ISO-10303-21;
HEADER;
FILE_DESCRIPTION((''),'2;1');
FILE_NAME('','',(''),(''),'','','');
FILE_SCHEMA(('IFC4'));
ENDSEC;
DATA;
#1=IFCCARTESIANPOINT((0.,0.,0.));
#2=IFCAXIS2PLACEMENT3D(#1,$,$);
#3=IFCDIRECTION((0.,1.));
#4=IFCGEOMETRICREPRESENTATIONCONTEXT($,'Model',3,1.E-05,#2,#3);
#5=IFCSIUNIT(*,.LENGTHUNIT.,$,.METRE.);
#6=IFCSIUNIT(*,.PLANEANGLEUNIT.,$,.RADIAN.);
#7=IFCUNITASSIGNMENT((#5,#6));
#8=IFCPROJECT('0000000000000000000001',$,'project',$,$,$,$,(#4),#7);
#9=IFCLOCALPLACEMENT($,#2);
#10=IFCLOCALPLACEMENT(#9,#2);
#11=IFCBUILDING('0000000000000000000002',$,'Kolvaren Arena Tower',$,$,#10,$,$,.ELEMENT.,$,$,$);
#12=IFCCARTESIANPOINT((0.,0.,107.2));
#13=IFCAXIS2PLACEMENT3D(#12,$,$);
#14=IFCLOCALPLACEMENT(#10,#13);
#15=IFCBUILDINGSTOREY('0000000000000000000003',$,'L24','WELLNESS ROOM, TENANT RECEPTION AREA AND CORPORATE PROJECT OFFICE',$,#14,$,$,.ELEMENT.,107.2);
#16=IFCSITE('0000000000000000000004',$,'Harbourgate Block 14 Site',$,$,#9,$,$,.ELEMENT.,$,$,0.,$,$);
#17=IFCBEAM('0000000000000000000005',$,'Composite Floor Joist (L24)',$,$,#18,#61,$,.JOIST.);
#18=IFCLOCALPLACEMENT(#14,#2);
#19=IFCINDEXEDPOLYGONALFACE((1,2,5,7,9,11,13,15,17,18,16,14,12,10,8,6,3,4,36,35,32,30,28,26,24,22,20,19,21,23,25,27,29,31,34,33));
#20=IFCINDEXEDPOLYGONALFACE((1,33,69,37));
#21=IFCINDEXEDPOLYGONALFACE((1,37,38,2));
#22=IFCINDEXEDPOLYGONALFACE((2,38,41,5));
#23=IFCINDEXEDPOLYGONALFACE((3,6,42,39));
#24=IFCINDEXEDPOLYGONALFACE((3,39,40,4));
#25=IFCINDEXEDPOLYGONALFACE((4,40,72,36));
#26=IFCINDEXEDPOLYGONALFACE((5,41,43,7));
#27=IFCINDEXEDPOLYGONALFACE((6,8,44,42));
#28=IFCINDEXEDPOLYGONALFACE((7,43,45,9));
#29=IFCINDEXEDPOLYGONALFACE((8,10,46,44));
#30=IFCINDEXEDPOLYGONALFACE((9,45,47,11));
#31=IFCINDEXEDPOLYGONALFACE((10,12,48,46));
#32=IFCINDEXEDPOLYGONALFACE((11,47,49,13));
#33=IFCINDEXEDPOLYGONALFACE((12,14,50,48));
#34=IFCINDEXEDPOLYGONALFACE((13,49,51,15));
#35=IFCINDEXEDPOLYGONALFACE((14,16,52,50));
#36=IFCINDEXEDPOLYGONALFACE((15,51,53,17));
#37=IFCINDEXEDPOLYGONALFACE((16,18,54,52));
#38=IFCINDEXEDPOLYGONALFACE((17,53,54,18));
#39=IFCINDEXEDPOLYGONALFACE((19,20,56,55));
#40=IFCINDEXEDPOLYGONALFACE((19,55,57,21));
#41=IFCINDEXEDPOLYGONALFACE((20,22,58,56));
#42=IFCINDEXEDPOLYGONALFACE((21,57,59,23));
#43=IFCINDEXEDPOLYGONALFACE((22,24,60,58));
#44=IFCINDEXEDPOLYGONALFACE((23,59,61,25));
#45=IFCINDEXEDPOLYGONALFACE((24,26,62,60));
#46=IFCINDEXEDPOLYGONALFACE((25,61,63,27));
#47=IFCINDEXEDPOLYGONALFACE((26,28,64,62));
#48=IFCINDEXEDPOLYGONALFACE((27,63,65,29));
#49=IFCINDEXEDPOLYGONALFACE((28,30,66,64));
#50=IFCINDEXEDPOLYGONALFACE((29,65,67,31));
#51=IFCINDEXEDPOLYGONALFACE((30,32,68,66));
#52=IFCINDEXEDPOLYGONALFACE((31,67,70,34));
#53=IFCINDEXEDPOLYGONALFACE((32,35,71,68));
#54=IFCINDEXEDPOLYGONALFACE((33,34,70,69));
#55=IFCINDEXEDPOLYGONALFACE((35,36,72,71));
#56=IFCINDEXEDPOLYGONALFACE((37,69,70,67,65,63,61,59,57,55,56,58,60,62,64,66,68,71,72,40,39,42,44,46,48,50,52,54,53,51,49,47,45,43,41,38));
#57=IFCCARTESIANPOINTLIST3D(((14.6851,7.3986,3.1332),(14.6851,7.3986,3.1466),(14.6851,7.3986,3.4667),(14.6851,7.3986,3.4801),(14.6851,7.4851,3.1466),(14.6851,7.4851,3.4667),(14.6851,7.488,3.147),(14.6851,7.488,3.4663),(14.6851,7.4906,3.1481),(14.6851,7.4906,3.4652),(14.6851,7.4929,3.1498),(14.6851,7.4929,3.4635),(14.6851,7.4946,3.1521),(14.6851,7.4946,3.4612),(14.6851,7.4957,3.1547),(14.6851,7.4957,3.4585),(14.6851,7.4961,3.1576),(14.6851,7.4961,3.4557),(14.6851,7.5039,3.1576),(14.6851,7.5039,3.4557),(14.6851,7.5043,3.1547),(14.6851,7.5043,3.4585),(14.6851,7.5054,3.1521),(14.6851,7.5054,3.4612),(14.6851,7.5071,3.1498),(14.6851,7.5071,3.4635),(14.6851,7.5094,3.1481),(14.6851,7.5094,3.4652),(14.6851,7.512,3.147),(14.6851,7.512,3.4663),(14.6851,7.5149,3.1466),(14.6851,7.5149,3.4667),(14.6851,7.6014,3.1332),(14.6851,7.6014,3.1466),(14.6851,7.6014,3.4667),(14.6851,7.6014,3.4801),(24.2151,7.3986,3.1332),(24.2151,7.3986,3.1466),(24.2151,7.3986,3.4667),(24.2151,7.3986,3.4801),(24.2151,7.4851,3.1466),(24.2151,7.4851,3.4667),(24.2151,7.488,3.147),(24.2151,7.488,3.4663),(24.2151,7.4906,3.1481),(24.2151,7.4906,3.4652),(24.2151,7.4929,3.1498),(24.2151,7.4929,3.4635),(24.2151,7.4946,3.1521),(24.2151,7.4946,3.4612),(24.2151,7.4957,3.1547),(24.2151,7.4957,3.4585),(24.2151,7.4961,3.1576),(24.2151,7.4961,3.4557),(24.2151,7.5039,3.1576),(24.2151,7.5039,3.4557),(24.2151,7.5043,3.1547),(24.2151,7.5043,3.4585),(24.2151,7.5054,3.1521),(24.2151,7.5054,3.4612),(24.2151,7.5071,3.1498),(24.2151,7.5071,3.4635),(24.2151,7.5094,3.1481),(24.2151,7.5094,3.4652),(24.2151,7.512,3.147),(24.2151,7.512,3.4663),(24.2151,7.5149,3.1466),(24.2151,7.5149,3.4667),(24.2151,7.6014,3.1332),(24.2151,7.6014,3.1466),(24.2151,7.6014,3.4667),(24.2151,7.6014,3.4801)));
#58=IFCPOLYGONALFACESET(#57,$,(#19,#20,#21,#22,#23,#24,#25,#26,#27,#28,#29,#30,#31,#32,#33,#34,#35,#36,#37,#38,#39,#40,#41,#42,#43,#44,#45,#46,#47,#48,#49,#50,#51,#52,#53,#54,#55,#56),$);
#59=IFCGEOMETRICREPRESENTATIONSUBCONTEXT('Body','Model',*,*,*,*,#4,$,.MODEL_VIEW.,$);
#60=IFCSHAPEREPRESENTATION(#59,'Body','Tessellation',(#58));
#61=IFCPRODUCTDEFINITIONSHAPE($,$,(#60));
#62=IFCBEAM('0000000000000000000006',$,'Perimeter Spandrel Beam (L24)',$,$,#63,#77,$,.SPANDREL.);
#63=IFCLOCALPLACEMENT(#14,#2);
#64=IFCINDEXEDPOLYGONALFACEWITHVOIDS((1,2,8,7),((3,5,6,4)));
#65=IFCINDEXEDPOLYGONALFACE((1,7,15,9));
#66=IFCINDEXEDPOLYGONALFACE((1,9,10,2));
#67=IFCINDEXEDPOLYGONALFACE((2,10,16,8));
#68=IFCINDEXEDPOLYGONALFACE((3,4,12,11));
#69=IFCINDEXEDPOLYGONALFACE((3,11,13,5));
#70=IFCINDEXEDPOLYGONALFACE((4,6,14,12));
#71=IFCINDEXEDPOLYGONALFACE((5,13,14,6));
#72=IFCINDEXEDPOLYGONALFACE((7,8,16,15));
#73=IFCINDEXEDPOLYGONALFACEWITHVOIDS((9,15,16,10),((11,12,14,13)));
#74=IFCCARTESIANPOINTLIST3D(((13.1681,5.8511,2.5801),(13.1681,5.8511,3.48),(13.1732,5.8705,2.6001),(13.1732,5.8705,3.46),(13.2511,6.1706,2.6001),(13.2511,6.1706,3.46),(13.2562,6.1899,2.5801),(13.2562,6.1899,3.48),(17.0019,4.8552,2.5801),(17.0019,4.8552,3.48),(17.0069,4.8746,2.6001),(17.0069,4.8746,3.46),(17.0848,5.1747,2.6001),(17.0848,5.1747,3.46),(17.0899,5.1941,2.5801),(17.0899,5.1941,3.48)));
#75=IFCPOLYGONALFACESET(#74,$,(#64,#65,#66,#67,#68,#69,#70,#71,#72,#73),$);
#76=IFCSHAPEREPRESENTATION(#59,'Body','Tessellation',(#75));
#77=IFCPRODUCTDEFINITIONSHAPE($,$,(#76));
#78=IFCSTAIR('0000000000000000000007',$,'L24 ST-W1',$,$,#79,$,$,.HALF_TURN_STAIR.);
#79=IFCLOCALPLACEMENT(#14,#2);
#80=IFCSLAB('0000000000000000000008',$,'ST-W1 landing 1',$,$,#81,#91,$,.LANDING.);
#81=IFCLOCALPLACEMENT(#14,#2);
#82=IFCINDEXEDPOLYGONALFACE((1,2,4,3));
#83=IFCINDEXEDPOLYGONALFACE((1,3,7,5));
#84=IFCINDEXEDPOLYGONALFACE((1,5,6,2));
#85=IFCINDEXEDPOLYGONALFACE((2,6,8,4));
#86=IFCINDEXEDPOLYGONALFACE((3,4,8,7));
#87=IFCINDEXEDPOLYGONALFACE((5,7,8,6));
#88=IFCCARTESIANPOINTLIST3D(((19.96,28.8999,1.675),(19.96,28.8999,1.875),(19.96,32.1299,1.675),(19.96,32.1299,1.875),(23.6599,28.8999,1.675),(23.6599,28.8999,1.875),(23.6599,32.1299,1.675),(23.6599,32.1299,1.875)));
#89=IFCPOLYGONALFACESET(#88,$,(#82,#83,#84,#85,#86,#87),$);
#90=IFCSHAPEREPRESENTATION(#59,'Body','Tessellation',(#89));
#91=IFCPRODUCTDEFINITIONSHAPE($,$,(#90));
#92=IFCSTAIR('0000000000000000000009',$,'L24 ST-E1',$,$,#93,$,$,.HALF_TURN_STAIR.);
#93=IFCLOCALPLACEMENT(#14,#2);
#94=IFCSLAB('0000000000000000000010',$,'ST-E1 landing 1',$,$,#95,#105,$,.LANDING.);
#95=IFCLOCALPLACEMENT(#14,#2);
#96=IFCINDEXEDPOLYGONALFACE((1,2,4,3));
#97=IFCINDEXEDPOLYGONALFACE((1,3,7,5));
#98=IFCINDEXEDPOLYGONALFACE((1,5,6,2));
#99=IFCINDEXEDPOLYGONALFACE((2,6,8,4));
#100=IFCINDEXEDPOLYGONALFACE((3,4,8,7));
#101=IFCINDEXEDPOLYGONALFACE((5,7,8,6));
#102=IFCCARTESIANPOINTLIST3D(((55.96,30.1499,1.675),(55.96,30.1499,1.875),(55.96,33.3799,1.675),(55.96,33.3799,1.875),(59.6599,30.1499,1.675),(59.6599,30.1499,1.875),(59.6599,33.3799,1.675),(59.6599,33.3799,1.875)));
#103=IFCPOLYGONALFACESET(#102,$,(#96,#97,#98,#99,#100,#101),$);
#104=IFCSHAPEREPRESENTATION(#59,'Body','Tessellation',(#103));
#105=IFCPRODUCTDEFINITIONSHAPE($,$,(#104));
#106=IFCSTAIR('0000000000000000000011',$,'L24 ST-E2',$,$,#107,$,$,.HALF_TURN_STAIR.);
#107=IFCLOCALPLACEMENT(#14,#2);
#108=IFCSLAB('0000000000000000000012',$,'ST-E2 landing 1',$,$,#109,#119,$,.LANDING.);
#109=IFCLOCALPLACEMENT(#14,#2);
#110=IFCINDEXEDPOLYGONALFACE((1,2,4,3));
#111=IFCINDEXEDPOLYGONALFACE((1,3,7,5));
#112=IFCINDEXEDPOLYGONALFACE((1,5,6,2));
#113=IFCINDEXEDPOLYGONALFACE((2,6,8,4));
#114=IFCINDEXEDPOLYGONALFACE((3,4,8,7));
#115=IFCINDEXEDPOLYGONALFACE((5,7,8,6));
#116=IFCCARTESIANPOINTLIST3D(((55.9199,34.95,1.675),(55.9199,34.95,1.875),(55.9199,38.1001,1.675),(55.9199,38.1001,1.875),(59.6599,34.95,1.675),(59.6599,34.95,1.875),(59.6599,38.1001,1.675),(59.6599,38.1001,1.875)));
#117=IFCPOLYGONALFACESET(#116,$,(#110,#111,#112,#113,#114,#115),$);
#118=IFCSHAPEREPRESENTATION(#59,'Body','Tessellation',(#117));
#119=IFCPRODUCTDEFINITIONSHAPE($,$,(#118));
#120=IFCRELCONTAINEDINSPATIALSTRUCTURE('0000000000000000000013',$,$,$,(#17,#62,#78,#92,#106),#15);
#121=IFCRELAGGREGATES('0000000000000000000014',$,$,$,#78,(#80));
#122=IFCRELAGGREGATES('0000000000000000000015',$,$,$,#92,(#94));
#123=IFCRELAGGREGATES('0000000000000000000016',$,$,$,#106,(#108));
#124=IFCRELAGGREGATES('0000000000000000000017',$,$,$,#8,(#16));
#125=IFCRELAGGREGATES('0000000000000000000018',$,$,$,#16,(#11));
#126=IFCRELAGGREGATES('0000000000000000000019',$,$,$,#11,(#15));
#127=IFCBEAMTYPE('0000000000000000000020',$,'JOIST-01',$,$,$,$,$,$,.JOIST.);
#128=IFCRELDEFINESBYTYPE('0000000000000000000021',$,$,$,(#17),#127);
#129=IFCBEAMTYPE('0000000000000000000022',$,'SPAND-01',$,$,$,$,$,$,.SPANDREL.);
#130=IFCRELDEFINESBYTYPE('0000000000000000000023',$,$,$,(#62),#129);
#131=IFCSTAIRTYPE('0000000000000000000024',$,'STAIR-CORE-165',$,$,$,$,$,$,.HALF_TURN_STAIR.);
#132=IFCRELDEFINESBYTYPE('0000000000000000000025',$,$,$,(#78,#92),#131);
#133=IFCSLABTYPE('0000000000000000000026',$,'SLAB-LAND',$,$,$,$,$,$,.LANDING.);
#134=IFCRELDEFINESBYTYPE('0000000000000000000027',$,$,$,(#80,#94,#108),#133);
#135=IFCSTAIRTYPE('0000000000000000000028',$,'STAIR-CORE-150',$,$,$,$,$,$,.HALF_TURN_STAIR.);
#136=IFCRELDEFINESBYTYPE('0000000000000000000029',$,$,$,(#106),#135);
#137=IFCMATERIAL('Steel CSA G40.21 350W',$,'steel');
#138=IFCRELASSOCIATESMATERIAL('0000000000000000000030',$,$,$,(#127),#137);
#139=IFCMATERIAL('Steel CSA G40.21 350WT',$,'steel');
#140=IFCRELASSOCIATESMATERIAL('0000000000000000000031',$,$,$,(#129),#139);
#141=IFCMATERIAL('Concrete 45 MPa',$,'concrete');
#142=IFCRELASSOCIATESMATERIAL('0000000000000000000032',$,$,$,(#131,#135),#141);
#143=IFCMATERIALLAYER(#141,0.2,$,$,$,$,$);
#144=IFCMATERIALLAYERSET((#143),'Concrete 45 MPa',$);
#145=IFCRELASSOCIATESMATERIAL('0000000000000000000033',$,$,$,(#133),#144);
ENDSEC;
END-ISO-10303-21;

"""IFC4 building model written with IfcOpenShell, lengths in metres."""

from ifc_helpers import new_model, si_unit, direction, frame, origin, origin_2d, place, context, subcontext, project, spatial, polyline, hollow_rectangle, i_section, outline, extrude, material, layer, layer_set, material_profile, profile_set, type_object, element, aggregate, save


model = new_model("IFC4")

# Units and contexts
model_context = context("Model", 3, precision=1e-05, world=origin(), true_north=direction((0.0, 1.0)))
body_context = subcontext(model_context, "Body", "Model", "MODEL_VIEW")
ifc_project = project(units=[si_unit("LENGTHUNIT", "METRE"), si_unit("PLANEANGLEUNIT", "RADIAN")], contexts=[model_context])

# Site, building, storey
site_placement = place(None, origin())
site = spatial("IfcSite", under=ifc_project, at=site_placement, Name="Harbourgate Block 14 Site", CompositionType="ELEMENT", RefElevation=0.0)
building_placement = place(site_placement, origin())
building = spatial("IfcBuilding", under=site, at=building_placement, Name="Kolvaren Arena Tower", CompositionType="ELEMENT")
storey_placement = place(building_placement, frame((0.0, 0.0, 107.2)))
storey = spatial("IfcBuildingStorey", under=building, at=storey_placement, Name="L24", Description="WELLNESS ROOM, TENANT RECEPTION AREA AND CORPORATE PROJECT OFFICE", CompositionType="ELEMENT", Elevation=107.2)

# Beams
ifc_material_1 = material(Name="Steel CSA G40.21 350W", Category="steel")
ifc_material_profile_1 = material_profile(ifc_material_1, i_section(OverallWidth=0.2029, OverallDepth=0.3469, WebThickness=0.0078, FlangeThickness=0.0134, FilletRadius=0.011, at=origin_2d()), Name="W360x64")
ifc_profile_set_1 = profile_set([ifc_material_profile_1], Name="Steel CSA G40.21 350W")
beam_type_1 = type_object("IfcBeamType", Name="JOIST-01", PredefinedType="JOIST", material=ifc_profile_set_1)
beam_1_placement = place(storey_placement, frame((14.6851, 7.5, 3.3066), z_axis=(1.0, 0.0, 0.0), x_axis=(0.0, 1.0, 0.0)))
element("IfcBeam", 1, at=beam_1_placement, inside=storey, type_object=beam_type_1, Name="Composite Floor Joist (L24)", PredefinedType="JOIST", context=body_context, shape_type="SweptSolid", body=[
    extrude(i_section(OverallWidth=0.2029, OverallDepth=0.3469, WebThickness=0.0078, FlangeThickness=0.0134, FilletRadius=0.011, at=origin_2d()), origin(), (0.0, 0.0, 1.0), 9.53),
])
ifc_material_2 = material(Name="Steel CSA G40.21 350WT", Category="steel")
ifc_material_profile_2 = material_profile(ifc_material_2, hollow_rectangle(XDim=0.3501, YDim=0.8999, WallThickness=0.02, at=origin_2d()), Name="HSS 900x350x20")
ifc_profile_set_2 = profile_set([ifc_material_profile_2], Name="Steel CSA G40.21 350WT")
beam_type_2 = type_object("IfcBeamType", Name="SPAND-01", PredefinedType="SPANDREL", material=ifc_profile_set_2)
beam_2_placement = place(storey_placement, frame((13.2122, 6.0205, 3.03), z_axis=(0.967879, -0.251416, 0.0), x_axis=(0.251416, 0.967879, 0.0)))
element("IfcBeam", 2, at=beam_2_placement, inside=storey, type_object=beam_type_2, Name="Perimeter Spandrel Beam (L24)", PredefinedType="SPANDREL", context=body_context, shape_type="SweptSolid", body=[
    extrude(hollow_rectangle(XDim=0.3501, YDim=0.8999, WallThickness=0.02, at=origin_2d()), origin(), (0.0, 0.0, 1.0), 3.9609),
])

# Stairs, slabs
ifc_material_3 = material(Name="Concrete 45 MPa", Category="concrete")
stair_type_1 = type_object("IfcStairType", Name="STAIR-CORE-165", PredefinedType="HALF_TURN_STAIR", material=ifc_material_3)
stair_1_placement = place(storey_placement, origin())
stair_1 = element("IfcStair", 3, at=stair_1_placement, inside=storey, type_object=stair_type_1, Name="L24 ST-W1", PredefinedType="HALF_TURN_STAIR")
ifc_layer_1 = layer(ifc_material_3, 0.2)
ifc_layer_set_1 = layer_set([ifc_layer_1], Name="Concrete 45 MPa")
slab_type_1 = type_object("IfcSlabType", Name="SLAB-LAND", PredefinedType="LANDING", material=ifc_layer_set_1)
slab_1_placement = place(storey_placement, frame((0.0, 0.0, 1.675)))
slab_1 = element("IfcSlab", 4, at=slab_1_placement, type_object=slab_type_1, Name="ST-W1 landing 1", PredefinedType="LANDING", context=body_context, shape_type="SweptSolid", body=[
    extrude(outline(polyline([(19.96, 28.8999), (23.6599, 28.8999), (23.6599, 32.1299), (19.96, 32.1299), (19.96, 28.8999)])), origin(), (0.0, 0.0, 1.0), 0.2),
])
aggregate(stair_1, [slab_1])
stair_2_placement = place(storey_placement, origin())
stair_2 = element("IfcStair", 5, at=stair_2_placement, inside=storey, type_object=stair_type_1, Name="L24 ST-E1", PredefinedType="HALF_TURN_STAIR")
slab_2_placement = place(storey_placement, frame((0.0, 0.0, 1.675)))
slab_2 = element("IfcSlab", 6, at=slab_2_placement, type_object=slab_type_1, Name="ST-E1 landing 1", PredefinedType="LANDING", context=body_context, shape_type="SweptSolid", body=[
    extrude(outline(polyline([(55.96, 30.1499), (59.6599, 30.1499), (59.6599, 33.3799), (55.96, 33.3799), (55.96, 30.1499)])), origin(), (0.0, 0.0, 1.0), 0.2),
])
aggregate(stair_2, [slab_2])
stair_type_2 = type_object("IfcStairType", Name="STAIR-CORE-150", PredefinedType="HALF_TURN_STAIR", material=ifc_material_3)
stair_3_placement = place(storey_placement, origin())
stair_3 = element("IfcStair", 7, at=stair_3_placement, inside=storey, type_object=stair_type_2, Name="L24 ST-E2", PredefinedType="HALF_TURN_STAIR")
slab_3_placement = place(storey_placement, frame((0.0, 0.0, 1.675)))
slab_3 = element("IfcSlab", 8, at=slab_3_placement, type_object=slab_type_1, Name="ST-E2 landing 1", PredefinedType="LANDING", context=body_context, shape_type="SweptSolid", body=[
    extrude(outline(polyline([(55.9199, 34.95), (59.6599, 34.95), (59.6599, 38.1001), (55.9199, 38.1001), (55.9199, 34.95)])), origin(), (0.0, 0.0, 1.0), 0.2),
])
aggregate(stair_3, [slab_3])

save(model, "model.ifc")
